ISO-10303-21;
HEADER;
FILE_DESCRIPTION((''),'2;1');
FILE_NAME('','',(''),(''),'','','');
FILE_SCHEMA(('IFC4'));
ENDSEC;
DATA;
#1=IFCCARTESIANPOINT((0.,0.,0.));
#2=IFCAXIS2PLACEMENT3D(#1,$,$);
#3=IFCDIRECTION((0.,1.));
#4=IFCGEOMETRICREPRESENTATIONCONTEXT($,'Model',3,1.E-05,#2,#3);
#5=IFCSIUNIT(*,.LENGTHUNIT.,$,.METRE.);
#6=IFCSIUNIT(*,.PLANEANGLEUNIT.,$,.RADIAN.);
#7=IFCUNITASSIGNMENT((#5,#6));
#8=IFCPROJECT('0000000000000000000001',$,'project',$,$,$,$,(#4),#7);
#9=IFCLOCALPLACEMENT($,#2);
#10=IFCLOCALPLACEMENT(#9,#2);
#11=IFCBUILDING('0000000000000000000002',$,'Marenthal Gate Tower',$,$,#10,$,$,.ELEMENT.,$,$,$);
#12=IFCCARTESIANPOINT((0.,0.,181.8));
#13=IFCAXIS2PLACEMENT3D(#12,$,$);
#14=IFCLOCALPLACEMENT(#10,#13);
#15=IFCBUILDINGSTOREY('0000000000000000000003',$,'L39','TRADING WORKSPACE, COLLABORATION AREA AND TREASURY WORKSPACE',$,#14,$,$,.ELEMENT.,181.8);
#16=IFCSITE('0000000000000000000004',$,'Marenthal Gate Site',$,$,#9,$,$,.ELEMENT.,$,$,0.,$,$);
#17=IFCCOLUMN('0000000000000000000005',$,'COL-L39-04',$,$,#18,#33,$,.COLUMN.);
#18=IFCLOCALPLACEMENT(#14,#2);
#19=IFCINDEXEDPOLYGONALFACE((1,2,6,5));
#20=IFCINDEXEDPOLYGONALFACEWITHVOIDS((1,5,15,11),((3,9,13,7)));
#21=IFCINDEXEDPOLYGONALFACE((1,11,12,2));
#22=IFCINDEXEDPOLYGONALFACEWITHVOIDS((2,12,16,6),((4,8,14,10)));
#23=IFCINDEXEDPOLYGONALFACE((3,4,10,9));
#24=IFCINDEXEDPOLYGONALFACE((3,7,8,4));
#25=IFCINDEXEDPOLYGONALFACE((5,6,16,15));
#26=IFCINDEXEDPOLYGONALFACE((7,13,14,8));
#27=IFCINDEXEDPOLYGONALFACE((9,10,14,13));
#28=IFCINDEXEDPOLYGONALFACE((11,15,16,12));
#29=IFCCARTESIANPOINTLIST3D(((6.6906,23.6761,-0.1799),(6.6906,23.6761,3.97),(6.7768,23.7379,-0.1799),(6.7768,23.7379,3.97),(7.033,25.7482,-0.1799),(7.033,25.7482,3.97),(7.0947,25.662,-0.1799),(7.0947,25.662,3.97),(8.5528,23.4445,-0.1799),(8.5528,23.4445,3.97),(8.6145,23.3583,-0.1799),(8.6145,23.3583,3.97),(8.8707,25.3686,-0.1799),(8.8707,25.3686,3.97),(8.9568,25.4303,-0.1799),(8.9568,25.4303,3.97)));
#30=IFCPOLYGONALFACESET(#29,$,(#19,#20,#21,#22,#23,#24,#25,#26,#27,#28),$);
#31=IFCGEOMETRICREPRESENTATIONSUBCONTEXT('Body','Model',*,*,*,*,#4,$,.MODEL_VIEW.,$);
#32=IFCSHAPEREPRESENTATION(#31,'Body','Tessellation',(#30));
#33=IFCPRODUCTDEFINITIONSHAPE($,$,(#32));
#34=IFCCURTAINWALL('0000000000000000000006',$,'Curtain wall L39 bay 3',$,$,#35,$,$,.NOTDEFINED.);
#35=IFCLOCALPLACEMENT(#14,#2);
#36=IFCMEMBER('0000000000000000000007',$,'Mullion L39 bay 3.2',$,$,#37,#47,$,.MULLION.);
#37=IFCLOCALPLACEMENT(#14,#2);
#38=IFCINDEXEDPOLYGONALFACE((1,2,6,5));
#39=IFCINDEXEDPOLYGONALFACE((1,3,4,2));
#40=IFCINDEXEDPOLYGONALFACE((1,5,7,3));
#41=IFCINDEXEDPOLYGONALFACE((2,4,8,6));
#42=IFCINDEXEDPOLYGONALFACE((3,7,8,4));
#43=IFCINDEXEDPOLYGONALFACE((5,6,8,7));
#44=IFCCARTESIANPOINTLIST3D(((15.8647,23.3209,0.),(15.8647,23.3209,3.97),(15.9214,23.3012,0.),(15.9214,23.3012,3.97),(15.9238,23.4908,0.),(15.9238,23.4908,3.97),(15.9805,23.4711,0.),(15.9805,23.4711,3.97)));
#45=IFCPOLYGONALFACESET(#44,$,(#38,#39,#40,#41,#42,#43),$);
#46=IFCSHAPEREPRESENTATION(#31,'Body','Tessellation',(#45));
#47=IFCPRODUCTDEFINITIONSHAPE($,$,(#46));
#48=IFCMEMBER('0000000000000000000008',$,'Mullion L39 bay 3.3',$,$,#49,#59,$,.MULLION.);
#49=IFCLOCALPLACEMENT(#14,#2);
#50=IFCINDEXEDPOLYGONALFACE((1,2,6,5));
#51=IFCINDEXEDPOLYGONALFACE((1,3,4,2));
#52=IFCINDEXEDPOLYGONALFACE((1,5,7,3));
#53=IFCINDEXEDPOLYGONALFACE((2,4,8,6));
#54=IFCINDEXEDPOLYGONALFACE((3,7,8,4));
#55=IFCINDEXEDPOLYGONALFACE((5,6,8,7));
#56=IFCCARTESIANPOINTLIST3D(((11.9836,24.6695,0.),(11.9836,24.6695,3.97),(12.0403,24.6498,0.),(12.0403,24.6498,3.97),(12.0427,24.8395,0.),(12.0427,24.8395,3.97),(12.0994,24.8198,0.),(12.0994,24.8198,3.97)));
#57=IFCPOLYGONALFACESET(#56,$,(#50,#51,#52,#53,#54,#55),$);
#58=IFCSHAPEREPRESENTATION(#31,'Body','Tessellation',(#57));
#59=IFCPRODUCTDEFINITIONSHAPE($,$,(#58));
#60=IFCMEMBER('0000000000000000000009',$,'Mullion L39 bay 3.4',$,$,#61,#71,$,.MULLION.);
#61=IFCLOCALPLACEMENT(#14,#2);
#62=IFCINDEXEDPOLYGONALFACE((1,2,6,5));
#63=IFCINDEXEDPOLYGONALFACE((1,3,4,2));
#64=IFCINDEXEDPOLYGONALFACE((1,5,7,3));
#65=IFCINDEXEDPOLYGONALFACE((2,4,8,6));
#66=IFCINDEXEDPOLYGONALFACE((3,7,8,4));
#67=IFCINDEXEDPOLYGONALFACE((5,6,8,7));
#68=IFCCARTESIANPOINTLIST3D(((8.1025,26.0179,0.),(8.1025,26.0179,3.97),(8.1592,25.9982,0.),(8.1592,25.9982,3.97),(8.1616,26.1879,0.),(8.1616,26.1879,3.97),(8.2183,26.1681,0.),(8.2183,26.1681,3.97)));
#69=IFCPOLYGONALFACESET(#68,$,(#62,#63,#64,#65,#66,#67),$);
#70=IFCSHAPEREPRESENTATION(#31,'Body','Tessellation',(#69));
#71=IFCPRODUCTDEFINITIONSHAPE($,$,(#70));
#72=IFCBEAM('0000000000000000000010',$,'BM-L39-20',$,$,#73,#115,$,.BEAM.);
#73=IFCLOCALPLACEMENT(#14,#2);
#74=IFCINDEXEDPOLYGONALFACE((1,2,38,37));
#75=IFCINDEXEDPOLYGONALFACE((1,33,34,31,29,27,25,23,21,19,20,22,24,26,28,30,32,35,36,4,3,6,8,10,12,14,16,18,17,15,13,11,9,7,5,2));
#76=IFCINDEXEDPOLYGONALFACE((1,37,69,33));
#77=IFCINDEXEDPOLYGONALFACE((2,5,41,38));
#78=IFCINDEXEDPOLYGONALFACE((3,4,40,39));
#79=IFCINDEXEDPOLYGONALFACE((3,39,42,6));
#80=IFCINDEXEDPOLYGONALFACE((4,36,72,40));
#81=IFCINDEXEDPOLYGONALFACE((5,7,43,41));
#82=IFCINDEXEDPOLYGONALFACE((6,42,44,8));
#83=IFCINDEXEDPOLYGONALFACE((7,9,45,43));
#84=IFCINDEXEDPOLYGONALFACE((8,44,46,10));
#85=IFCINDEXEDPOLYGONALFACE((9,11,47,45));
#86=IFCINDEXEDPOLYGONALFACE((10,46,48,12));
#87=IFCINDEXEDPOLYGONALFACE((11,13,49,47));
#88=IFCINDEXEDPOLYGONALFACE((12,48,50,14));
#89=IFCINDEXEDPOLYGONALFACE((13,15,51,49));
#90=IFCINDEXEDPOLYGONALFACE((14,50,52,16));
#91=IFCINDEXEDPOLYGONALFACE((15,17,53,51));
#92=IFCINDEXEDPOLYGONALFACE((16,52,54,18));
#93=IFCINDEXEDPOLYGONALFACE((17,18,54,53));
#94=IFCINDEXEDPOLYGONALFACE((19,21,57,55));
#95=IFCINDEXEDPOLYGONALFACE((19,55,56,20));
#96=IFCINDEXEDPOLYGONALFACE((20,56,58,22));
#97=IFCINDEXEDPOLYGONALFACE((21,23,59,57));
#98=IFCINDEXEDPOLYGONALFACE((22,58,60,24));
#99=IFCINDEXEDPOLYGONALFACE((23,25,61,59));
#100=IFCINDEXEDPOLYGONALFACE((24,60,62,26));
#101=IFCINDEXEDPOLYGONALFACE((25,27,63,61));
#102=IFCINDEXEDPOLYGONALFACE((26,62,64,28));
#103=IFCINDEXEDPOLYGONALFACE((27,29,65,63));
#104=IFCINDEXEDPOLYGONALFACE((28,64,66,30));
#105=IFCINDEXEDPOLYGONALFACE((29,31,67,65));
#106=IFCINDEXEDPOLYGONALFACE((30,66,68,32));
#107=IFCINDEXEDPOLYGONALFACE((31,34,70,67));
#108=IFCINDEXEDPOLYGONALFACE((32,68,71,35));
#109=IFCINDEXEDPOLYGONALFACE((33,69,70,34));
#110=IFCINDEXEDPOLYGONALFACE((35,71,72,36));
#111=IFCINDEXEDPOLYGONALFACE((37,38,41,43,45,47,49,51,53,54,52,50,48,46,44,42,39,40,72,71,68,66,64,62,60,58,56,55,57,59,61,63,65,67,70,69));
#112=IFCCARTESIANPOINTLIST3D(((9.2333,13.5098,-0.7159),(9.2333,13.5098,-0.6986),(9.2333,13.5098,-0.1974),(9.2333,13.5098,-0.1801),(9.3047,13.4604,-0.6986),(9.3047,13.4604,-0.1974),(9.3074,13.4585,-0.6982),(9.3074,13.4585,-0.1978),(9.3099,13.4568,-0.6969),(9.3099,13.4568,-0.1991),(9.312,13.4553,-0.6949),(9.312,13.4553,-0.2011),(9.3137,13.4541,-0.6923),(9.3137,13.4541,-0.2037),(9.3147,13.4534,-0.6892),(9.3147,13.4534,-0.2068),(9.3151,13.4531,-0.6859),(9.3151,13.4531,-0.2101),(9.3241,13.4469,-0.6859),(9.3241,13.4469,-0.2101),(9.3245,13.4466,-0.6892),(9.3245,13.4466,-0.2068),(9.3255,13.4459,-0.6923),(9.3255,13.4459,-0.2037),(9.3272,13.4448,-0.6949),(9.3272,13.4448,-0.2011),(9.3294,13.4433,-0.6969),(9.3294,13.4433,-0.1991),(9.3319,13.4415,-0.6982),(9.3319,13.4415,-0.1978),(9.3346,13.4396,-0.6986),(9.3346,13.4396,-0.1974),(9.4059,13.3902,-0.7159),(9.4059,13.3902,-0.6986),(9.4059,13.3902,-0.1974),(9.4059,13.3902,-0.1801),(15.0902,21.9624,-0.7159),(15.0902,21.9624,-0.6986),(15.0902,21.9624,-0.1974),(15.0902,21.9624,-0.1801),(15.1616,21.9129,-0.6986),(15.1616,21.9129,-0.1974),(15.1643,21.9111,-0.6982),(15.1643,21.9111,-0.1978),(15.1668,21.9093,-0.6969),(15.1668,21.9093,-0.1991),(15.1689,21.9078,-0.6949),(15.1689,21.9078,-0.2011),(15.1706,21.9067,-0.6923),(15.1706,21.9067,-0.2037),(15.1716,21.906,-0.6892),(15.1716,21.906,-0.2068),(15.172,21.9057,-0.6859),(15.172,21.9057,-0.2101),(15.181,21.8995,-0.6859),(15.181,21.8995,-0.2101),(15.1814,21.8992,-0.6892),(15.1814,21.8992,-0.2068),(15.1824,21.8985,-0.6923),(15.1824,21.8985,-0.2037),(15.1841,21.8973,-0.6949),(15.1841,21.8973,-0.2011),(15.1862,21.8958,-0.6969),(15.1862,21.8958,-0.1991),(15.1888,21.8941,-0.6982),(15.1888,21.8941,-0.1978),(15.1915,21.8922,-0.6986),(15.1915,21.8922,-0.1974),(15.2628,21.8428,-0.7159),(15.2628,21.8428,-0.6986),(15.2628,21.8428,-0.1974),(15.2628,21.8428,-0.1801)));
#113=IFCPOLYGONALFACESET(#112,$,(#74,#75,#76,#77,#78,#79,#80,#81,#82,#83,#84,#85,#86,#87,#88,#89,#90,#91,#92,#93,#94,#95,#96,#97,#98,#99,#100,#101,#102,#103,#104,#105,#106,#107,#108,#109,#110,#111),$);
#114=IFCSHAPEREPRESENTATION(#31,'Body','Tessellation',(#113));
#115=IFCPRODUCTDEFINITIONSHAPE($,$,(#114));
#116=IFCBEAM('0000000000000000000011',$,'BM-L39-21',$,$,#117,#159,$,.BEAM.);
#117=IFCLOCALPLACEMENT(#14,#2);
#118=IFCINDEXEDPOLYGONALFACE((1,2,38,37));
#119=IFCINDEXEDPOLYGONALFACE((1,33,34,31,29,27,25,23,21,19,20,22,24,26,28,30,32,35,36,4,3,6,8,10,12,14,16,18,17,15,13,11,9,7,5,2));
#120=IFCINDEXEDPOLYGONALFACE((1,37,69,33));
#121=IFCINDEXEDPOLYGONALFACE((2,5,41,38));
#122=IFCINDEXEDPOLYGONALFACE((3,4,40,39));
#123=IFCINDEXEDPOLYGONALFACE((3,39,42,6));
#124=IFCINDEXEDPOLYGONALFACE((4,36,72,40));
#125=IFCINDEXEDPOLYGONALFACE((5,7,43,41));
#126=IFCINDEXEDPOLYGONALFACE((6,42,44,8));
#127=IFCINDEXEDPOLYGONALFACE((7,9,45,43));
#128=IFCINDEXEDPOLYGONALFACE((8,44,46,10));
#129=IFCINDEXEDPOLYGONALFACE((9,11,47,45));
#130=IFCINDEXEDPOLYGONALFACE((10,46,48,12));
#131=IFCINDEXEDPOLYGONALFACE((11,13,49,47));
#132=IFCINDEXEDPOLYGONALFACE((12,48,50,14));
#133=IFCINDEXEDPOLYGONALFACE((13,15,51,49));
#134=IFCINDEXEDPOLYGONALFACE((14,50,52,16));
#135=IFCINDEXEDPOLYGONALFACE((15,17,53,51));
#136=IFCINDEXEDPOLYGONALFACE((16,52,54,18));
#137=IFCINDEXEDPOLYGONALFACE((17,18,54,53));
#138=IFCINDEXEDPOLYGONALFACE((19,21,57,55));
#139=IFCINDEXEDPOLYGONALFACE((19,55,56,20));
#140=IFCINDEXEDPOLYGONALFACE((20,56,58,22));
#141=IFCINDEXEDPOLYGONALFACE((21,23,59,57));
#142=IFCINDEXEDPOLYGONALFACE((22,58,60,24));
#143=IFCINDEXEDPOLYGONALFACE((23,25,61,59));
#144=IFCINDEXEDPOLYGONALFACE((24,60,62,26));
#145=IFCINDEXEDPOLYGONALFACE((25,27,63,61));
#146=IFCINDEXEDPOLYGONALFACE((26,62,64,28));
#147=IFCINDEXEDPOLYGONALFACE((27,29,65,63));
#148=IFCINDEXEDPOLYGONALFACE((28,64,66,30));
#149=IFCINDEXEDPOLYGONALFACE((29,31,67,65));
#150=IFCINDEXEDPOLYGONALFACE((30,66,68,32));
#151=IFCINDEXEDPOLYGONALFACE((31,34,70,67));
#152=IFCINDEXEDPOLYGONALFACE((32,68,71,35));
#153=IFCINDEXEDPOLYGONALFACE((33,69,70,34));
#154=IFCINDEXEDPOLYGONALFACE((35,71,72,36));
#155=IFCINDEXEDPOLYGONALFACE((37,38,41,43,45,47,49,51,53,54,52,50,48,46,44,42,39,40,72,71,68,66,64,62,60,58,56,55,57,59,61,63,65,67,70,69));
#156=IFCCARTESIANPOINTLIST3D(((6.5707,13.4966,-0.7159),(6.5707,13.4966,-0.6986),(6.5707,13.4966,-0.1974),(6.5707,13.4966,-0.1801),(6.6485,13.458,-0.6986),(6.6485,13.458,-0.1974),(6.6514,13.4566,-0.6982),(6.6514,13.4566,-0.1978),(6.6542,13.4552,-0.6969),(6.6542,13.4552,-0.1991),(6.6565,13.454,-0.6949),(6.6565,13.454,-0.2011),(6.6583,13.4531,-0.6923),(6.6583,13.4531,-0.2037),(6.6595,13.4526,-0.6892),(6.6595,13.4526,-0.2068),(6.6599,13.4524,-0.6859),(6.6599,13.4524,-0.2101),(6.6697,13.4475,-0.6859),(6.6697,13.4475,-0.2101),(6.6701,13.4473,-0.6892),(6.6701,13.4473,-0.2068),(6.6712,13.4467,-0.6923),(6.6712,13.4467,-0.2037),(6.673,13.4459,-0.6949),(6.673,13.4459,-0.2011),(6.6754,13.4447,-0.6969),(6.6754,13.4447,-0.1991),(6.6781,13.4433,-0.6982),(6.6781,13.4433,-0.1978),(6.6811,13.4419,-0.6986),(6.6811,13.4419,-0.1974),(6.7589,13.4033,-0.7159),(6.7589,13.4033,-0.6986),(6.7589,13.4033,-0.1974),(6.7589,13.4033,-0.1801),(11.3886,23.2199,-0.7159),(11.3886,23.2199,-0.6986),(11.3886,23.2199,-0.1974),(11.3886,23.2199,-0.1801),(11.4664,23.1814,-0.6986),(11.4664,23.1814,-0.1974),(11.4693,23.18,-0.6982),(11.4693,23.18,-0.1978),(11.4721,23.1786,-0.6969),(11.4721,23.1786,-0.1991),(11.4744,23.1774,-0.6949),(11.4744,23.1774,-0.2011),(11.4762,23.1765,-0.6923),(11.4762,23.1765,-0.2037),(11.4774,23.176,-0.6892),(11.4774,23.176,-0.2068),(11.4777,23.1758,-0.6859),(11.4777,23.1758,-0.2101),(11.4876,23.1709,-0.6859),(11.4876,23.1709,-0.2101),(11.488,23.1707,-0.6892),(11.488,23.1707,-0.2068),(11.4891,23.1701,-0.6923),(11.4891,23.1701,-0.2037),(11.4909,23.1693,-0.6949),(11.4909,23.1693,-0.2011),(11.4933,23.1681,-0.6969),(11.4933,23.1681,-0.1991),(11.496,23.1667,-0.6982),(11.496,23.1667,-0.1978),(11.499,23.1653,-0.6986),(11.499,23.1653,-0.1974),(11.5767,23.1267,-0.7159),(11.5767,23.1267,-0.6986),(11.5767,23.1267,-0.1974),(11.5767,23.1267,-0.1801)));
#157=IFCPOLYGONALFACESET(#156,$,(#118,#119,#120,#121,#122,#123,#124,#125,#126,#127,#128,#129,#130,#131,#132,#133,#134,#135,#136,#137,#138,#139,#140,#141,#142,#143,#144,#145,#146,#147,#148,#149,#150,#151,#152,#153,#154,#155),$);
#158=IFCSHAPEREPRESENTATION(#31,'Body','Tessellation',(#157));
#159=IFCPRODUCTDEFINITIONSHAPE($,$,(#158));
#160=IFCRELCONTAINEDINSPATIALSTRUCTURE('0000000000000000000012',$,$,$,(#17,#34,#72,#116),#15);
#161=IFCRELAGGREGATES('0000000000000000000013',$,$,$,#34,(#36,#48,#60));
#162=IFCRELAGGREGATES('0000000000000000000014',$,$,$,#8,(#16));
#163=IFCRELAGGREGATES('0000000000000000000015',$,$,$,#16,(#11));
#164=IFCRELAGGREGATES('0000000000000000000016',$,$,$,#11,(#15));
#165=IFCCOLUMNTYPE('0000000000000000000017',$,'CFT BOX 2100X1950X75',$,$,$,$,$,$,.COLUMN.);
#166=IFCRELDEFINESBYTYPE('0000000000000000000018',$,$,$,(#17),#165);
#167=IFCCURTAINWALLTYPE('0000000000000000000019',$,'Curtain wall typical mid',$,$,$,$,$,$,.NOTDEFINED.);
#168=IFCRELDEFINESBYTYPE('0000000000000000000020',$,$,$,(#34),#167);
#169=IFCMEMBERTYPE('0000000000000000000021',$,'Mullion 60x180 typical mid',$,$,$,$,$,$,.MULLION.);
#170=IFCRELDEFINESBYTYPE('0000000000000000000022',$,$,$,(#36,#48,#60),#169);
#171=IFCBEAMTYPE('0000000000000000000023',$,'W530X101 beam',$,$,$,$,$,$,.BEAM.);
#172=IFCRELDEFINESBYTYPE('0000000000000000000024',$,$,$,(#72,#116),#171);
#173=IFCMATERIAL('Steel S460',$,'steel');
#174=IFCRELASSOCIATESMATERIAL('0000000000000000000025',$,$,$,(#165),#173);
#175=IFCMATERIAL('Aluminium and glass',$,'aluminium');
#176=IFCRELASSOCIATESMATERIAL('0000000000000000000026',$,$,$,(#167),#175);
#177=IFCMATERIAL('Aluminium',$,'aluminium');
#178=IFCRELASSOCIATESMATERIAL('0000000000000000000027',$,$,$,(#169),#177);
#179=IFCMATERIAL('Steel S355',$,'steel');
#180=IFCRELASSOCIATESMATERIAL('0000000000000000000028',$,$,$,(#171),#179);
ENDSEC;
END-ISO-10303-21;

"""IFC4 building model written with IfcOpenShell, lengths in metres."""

from ifc_helpers import new_model, si_unit, direction, frame, origin, origin_2d, place, context, subcontext, project, spatial, rectangle, hollow_rectangle, i_section, extrude, material, material_profile, profile_set, type_object, element, aggregate, save


model = new_model("IFC4")

# Units and contexts
model_context = context("Model", 3, precision=1e-05, world=origin(), true_north=direction((0.0, 1.0)))
body_context = subcontext(model_context, "Body", "Model", "MODEL_VIEW")
ifc_project = project(units=[si_unit("LENGTHUNIT", "METRE"), si_unit("PLANEANGLEUNIT", "RADIAN")], contexts=[model_context])

# Site, building, storey
site_placement = place(None, origin())
site = spatial("IfcSite", under=ifc_project, at=site_placement, Name="Marenthal Gate Site", CompositionType="ELEMENT", RefElevation=0.0)
building_placement = place(site_placement, origin())
building = spatial("IfcBuilding", under=site, at=building_placement, Name="Marenthal Gate Tower", CompositionType="ELEMENT")
storey_placement = place(building_placement, frame((0.0, 0.0, 181.8)))
storey = spatial("IfcBuildingStorey", under=building, at=storey_placement, Name="L39", Description="TRADING WORKSPACE, COLLABORATION AREA AND TREASURY WORKSPACE", CompositionType="ELEMENT", Elevation=181.8)

# Column
ifc_material_1 = material(Name="Steel S460", Category="steel")
ifc_material_profile_1 = material_profile(ifc_material_1, hollow_rectangle(XDim=1.95, YDim=2.1001, WallThickness=0.075, at=origin_2d()), Name="CFT BOX 2100X1950X75")
ifc_material_2 = material(Name="Concrete 70 MPa", Category="concrete")
ifc_material_profile_2 = material_profile(ifc_material_2, rectangle(XDim=1.8, YDim=1.95, at=origin_2d()), Name="CFT BOX 2100X1950X75 INFILL")
ifc_profile_set_1 = profile_set([ifc_material_profile_1, ifc_material_profile_2], Name="Steel S460 shell, Concrete 70 MPa infill")
column_type = type_object("IfcColumnType", Name="CFT BOX 2100X1950X75", PredefinedType="COLUMN", material=ifc_profile_set_1)
column_placement = place(storey_placement, frame((7.8237, 24.5532, -0.1799), z_axis=(0.0, 0.0, 1.0), x_axis=(0.986625, -0.163004, 0.0)))
element("IfcColumn", 1, at=column_placement, inside=storey, type_object=column_type, Name="COL-L39-04", PredefinedType="COLUMN", context=body_context, shape_type="SweptSolid", body=[
    extrude(hollow_rectangle(XDim=1.95, YDim=2.1001, WallThickness=0.075, at=origin_2d()), origin(), (0.0, 0.0, 1.0), 4.1499),
])

# Curtain wall, members
ifc_material_3 = material(Name="Aluminium and glass", Category="aluminium")
curtain_wall_type = type_object("IfcCurtainWallType", Name="Curtain wall typical mid", PredefinedType="NOTDEFINED", material=ifc_material_3)
curtain_wall_placement = place(storey_placement, origin())
curtain_wall = element("IfcCurtainWall", 2, at=curtain_wall_placement, inside=storey, type_object=curtain_wall_type, Name="Curtain wall L39 bay 3", PredefinedType="NOTDEFINED")
ifc_material_4 = material(Name="Aluminium", Category="aluminium")
ifc_material_profile_3 = material_profile(ifc_material_4, rectangle(XDim=0.1799, YDim=0.0601, at=origin_2d()), Name="60x180 aluminium mullion")
ifc_profile_set_2 = profile_set([ifc_material_profile_3], Name="Aluminium")
member_type = type_object("IfcMemberType", Name="Mullion 60x180 typical mid", PredefinedType="MULLION", material=ifc_profile_set_2)
member_1_placement = place(storey_placement, frame((15.9226, 23.396, 0.0), z_axis=(0.0, 0.0, 1.0), x_axis=(-0.328211, -0.944604, 0.0)))
member_1 = element("IfcMember", 3, at=member_1_placement, type_object=member_type, Name="Mullion L39 bay 3.2", PredefinedType="MULLION", context=body_context, shape_type="SweptSolid", body=[
    extrude(rectangle(XDim=0.1799, YDim=0.0601, at=origin_2d()), origin(), (0.0, 0.0, 1.0), 3.97),
])
member_2_placement = place(storey_placement, frame((12.0415, 24.7446, 0.0), z_axis=(0.0, 0.0, 1.0), x_axis=(-0.328211, -0.944604, 0.0)))
member_2 = element("IfcMember", 4, at=member_2_placement, type_object=member_type, Name="Mullion L39 bay 3.3", PredefinedType="MULLION", context=body_context, shape_type="SweptSolid", body=[
    extrude(rectangle(XDim=0.1799, YDim=0.0601, at=origin_2d()), origin(), (0.0, 0.0, 1.0), 3.97),
])
member_3_placement = place(storey_placement, frame((8.1604, 26.093, 0.0), z_axis=(0.0, 0.0, 1.0), x_axis=(-0.328211, -0.944604, 0.0)))
member_3 = element("IfcMember", 5, at=member_3_placement, type_object=member_type, Name="Mullion L39 bay 3.4", PredefinedType="MULLION", context=body_context, shape_type="SweptSolid", body=[
    extrude(rectangle(XDim=0.1799, YDim=0.0601, at=origin_2d()), origin(), (0.0, 0.0, 1.0), 3.97),
])

# Beams
ifc_material_5 = material(Name="Steel S355", Category="steel")
ifc_material_profile_4 = material_profile(ifc_material_5, i_section(OverallWidth=0.21, OverallDepth=0.5359, WebThickness=0.011, FlangeThickness=0.0173, FilletRadius=0.0127, at=origin_2d()), Name="W530X101")
ifc_profile_set_3 = profile_set([ifc_material_profile_4], Name="Steel S355")
beam_type_1 = type_object("IfcBeamType", Name="W530X101 beam", PredefinedType="BEAM", material=ifc_profile_set_3)
beam_1_placement = place(storey_placement, frame((15.1765, 21.9026, -0.448), z_axis=(-0.569546, -0.82196, 0.0), x_axis=(0.82196, -0.569546, 0.0)))
element("IfcBeam", 6, at=beam_1_placement, inside=storey, type_object=beam_type_1, Name="BM-L39-20", PredefinedType="BEAM", context=body_context, shape_type="SweptSolid", body=[
    extrude(i_section(OverallWidth=0.21, OverallDepth=0.5359, WebThickness=0.011, FlangeThickness=0.0173, FilletRadius=0.0127, at=origin_2d()), origin(), (0.0, 0.0, 1.0), 10.2834),
])
beam_2_placement = place(storey_placement, frame((11.4827, 23.1733, -0.448), z_axis=(-0.44398, -0.896037, 0.0), x_axis=(0.896037, -0.44398, 0.0)))
element("IfcBeam", 7, at=beam_2_placement, inside=storey, type_object=beam_type_1, Name="BM-L39-21", PredefinedType="BEAM", context=body_context, shape_type="SweptSolid", body=[
    extrude(i_section(OverallWidth=0.21, OverallDepth=0.5359, WebThickness=0.011, FlangeThickness=0.0173, FilletRadius=0.0127, at=origin_2d()), origin(), (0.0, 0.0, 1.0), 10.8516),
])

aggregate(curtain_wall, [member_1, member_2, member_3])

save(model, "model.ifc")
